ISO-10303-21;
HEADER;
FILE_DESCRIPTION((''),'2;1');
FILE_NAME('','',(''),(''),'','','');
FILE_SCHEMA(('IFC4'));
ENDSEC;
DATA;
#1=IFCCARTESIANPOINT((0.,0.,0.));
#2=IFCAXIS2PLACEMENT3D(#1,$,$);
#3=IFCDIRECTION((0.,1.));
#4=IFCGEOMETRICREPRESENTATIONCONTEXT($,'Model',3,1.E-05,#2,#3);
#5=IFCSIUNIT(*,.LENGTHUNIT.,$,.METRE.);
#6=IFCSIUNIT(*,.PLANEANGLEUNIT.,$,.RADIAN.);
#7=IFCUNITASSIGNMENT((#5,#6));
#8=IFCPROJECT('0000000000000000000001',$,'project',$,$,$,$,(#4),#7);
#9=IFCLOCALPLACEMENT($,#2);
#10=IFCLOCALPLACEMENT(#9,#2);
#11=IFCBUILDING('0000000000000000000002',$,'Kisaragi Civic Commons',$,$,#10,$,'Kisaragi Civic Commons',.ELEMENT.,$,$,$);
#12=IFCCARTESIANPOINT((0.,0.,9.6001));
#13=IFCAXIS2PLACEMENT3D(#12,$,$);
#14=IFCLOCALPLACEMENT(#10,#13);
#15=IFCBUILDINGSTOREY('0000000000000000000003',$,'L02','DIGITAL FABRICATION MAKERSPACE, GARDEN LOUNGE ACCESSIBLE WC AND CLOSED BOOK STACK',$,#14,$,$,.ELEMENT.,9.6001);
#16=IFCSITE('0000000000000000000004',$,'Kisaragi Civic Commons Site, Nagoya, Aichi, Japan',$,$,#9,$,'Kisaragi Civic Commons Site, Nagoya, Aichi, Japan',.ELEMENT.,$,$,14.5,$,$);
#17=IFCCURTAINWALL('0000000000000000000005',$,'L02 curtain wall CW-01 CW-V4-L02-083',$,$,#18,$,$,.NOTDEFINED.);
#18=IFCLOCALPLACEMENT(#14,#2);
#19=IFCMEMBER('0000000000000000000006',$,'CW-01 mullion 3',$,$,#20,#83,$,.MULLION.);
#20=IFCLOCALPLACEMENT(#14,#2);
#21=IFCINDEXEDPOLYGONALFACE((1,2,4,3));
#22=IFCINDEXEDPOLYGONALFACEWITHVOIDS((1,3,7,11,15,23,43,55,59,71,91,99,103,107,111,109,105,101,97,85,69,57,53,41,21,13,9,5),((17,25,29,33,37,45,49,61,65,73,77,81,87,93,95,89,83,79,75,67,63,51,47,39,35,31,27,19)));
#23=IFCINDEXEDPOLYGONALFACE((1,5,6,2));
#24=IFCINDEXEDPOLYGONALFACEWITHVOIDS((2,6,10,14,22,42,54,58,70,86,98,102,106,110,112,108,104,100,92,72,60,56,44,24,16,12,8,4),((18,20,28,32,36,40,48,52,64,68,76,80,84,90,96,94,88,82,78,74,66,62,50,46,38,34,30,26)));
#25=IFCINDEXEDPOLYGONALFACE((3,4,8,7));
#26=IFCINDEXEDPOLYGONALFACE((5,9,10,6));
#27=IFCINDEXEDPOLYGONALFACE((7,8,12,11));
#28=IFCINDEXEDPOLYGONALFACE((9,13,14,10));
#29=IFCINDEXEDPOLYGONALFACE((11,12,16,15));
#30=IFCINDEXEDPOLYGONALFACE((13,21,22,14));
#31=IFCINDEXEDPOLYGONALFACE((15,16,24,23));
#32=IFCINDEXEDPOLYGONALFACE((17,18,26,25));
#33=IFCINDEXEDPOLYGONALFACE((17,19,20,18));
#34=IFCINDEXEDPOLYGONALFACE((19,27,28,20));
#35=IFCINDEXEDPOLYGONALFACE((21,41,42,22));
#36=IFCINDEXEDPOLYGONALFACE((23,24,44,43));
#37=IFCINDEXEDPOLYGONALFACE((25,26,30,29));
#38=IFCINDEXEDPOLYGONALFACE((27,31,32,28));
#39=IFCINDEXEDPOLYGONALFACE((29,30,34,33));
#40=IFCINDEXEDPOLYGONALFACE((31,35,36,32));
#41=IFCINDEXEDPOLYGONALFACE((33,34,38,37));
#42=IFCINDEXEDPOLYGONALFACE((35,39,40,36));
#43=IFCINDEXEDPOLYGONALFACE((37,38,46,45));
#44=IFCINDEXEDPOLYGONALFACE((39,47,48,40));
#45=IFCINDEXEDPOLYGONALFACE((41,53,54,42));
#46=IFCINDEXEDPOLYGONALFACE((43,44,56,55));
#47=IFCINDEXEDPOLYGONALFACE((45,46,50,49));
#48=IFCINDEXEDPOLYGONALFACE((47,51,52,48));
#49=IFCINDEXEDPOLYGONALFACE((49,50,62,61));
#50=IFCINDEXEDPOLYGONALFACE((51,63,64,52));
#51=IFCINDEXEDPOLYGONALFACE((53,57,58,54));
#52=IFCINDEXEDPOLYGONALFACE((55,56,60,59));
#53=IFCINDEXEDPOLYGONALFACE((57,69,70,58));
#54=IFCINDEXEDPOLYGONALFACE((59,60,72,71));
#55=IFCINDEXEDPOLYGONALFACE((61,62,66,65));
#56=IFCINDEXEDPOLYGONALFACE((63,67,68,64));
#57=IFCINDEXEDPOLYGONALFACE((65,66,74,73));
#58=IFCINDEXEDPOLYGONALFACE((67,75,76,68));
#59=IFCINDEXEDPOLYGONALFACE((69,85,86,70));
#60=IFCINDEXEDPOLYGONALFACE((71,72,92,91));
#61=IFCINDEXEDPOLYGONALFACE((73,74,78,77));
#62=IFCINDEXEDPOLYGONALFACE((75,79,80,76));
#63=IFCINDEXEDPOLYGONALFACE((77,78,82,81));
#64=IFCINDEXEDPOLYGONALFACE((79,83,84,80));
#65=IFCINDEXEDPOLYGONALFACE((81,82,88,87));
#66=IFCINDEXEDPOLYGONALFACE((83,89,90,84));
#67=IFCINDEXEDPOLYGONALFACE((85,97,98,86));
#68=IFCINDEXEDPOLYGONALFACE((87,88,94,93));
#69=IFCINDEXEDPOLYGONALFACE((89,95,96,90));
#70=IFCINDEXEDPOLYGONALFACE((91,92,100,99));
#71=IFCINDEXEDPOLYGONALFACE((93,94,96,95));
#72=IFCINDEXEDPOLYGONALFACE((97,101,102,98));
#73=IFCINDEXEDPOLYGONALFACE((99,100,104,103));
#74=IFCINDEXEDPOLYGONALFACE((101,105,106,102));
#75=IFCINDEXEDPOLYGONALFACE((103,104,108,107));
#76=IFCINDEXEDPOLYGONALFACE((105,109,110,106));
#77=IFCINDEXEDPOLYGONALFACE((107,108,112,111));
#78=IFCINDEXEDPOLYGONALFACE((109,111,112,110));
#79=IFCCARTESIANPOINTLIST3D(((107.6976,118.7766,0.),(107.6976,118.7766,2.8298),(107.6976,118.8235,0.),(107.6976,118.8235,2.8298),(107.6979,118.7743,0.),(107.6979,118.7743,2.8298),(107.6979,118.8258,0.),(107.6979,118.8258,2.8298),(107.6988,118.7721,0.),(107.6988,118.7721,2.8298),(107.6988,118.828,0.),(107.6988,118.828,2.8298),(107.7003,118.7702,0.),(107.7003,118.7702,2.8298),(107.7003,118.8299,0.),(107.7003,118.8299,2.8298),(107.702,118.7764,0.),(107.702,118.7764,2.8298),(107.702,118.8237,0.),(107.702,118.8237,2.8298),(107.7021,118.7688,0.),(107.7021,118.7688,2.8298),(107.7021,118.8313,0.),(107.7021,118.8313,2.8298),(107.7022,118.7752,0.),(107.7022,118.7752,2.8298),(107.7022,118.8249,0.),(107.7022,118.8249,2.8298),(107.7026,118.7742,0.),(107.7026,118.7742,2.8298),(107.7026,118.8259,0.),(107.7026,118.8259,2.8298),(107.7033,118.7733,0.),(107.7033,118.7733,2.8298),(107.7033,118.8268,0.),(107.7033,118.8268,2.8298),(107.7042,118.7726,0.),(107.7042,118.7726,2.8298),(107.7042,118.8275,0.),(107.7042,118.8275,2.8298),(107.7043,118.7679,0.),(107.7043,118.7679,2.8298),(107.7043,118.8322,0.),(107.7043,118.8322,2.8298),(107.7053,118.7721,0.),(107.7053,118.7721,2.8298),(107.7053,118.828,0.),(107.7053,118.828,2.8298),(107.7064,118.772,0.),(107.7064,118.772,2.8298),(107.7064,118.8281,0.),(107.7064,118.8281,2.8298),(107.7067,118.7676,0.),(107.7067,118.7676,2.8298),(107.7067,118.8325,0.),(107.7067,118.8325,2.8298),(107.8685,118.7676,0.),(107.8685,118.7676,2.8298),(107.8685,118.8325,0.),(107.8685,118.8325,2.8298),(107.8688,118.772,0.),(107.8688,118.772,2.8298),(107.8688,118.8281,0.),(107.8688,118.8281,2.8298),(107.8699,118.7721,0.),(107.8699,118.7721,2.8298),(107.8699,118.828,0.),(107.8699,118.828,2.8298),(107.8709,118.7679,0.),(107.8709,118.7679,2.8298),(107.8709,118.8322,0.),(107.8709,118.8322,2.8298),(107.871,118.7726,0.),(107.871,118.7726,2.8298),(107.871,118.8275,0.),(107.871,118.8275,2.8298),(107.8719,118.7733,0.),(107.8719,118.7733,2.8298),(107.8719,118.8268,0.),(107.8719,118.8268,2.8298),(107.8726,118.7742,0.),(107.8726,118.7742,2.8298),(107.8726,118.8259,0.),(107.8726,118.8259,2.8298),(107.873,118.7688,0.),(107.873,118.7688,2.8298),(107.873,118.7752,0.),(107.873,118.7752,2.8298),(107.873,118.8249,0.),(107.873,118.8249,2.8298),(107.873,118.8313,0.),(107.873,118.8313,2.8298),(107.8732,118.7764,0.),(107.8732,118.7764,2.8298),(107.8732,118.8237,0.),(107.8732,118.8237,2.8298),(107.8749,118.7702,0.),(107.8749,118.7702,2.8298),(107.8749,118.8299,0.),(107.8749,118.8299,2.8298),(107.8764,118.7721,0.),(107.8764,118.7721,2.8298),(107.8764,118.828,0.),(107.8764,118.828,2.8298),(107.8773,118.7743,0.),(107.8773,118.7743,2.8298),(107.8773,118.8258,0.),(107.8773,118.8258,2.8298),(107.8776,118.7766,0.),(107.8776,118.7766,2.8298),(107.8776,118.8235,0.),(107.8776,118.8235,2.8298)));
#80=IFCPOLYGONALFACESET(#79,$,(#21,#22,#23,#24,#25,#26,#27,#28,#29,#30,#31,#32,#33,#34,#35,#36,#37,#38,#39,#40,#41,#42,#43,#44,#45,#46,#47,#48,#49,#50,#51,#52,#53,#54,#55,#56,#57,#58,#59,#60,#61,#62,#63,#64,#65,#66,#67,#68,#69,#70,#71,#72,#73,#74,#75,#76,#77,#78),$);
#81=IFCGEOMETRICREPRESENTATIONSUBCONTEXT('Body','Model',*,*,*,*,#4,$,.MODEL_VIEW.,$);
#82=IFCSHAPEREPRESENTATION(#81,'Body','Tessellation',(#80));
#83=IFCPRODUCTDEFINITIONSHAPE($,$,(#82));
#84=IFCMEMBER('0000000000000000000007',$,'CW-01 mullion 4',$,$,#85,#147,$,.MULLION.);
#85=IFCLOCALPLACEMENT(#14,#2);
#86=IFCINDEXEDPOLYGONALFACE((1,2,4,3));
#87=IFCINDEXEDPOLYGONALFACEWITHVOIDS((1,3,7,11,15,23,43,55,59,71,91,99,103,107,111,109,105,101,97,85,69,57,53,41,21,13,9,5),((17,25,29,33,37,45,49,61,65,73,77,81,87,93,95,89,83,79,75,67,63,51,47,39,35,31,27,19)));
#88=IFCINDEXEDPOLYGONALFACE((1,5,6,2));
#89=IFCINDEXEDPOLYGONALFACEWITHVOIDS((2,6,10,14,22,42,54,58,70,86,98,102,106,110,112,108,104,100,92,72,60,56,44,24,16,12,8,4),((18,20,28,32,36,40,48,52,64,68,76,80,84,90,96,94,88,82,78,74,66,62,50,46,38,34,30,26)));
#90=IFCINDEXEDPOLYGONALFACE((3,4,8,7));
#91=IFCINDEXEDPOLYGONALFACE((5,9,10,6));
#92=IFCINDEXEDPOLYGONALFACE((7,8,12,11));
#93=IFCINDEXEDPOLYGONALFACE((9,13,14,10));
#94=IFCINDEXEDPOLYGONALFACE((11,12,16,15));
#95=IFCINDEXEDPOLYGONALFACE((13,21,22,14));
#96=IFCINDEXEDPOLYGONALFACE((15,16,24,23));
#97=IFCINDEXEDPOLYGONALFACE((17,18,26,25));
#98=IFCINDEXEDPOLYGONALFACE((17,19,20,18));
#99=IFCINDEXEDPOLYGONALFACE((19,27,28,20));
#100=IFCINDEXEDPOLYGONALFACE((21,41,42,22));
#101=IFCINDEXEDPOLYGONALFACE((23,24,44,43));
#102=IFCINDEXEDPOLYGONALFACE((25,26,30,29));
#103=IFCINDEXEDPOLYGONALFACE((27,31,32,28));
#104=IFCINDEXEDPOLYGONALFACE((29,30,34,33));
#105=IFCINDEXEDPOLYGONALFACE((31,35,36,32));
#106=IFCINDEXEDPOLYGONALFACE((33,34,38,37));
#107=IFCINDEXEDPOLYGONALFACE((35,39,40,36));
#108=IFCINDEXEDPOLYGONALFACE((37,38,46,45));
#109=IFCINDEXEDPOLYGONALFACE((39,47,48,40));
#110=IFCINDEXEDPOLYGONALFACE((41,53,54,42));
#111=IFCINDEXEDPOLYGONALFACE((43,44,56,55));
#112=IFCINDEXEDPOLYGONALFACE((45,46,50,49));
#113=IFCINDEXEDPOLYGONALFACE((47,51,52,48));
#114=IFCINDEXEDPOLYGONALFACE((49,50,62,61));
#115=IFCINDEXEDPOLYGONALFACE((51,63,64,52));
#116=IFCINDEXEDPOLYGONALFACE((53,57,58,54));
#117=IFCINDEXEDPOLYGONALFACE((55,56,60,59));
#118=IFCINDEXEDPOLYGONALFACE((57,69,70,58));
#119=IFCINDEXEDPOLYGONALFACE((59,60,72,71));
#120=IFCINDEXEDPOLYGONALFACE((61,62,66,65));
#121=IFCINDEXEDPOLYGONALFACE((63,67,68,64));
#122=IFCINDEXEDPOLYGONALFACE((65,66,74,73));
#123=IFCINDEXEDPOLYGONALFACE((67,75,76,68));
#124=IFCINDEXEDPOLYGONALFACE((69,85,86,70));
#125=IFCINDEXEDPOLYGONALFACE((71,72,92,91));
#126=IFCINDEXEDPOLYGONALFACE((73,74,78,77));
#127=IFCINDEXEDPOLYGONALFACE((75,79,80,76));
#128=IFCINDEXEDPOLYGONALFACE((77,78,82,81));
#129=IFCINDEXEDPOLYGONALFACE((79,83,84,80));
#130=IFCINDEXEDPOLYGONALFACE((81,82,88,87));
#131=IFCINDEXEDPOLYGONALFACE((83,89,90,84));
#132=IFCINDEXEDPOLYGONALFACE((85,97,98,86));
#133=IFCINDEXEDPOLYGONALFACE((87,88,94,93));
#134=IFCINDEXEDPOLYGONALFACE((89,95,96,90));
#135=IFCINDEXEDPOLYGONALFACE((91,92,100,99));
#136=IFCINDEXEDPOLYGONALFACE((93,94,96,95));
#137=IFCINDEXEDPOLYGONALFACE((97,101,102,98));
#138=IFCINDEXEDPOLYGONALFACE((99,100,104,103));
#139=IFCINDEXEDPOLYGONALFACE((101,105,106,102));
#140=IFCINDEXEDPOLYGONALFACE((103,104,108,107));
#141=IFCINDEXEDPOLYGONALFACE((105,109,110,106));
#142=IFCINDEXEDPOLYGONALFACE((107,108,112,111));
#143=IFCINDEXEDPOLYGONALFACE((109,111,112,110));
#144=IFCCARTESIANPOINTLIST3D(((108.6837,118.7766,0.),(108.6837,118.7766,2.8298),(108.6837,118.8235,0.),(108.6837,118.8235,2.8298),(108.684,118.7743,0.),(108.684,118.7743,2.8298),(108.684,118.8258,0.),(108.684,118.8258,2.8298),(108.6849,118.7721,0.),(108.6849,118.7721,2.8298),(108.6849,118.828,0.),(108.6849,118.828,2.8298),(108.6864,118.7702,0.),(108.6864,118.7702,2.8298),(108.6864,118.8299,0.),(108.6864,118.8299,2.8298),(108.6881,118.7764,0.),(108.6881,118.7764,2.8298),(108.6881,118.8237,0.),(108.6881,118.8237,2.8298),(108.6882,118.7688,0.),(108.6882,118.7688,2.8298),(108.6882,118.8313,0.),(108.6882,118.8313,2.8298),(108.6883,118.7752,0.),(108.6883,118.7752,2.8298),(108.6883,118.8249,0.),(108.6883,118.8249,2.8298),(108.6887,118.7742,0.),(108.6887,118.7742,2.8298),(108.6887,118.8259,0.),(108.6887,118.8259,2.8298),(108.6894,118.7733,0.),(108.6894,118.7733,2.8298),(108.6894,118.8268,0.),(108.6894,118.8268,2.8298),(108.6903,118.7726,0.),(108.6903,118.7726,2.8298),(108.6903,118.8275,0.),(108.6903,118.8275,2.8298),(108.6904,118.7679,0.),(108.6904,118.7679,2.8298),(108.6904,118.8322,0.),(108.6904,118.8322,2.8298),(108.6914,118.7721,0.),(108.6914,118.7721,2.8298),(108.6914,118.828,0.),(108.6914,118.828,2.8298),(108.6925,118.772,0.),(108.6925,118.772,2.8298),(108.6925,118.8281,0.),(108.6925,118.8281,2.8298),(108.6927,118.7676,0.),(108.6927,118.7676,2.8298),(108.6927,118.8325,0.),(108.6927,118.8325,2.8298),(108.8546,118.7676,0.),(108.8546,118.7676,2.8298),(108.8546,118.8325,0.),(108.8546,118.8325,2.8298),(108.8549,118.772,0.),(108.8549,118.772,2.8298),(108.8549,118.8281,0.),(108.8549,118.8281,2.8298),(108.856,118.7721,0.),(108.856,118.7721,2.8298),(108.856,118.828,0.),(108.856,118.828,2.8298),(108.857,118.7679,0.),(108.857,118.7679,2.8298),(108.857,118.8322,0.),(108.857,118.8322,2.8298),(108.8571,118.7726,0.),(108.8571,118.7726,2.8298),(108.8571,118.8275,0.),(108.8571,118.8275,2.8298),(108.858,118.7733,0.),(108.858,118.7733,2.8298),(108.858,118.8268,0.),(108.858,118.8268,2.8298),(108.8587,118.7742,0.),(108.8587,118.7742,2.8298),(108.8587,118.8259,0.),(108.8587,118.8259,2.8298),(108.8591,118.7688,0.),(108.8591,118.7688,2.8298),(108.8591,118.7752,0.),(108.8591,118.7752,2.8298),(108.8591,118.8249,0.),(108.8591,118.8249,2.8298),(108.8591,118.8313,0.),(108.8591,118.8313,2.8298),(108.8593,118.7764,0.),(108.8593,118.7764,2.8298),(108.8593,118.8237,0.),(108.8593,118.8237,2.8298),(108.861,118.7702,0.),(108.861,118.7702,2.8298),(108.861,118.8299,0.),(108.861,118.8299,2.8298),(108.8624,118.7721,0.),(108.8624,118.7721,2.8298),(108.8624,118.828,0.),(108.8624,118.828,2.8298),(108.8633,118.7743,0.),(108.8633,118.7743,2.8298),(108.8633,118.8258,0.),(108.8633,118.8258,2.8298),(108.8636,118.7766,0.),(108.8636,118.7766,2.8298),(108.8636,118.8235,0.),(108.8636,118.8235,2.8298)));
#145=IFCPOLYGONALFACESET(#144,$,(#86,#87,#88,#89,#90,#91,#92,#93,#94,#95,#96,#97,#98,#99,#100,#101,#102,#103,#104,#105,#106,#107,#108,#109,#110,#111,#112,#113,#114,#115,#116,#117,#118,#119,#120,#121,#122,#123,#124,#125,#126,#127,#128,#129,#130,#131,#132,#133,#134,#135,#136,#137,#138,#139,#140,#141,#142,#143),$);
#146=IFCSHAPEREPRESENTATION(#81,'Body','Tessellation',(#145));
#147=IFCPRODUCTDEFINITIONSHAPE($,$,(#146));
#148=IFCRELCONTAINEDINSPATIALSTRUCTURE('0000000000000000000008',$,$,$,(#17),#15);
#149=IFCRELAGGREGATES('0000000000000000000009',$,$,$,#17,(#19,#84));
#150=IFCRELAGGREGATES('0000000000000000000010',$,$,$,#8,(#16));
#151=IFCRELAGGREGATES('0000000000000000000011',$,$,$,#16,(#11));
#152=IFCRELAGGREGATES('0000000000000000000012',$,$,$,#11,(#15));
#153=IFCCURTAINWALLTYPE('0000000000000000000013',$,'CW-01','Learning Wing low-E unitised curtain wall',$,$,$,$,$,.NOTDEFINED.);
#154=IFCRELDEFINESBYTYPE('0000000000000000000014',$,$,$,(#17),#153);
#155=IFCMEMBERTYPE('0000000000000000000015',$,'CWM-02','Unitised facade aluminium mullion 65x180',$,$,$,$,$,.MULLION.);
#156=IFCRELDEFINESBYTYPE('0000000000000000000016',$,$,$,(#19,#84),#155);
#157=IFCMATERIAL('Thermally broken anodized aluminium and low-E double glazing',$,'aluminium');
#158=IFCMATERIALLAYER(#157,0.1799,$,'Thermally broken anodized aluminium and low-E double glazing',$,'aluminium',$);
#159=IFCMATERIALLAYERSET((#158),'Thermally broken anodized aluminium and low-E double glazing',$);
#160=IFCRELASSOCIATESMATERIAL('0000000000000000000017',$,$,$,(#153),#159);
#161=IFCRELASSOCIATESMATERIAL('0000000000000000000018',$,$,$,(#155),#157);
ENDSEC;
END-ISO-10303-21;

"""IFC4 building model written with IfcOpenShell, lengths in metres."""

from ifc_helpers import new_model, si_unit, direction, frame, origin, origin_2d, place, context, subcontext, project, spatial, hollow_rectangle, extrude, material, layer, layer_set, material_profile, profile_set, type_object, element, aggregate, save


model = new_model("IFC4")

# Units and contexts
model_context = context("Model", 3, precision=1e-05, world=origin(), true_north=direction((0.0, 1.0)))
body_context = subcontext(model_context, "Body", "Model", "MODEL_VIEW")
ifc_project = project(units=[si_unit("LENGTHUNIT", "METRE"), si_unit("PLANEANGLEUNIT", "RADIAN")], contexts=[model_context])

# Site, building, storey
site_placement = place(None, origin())
site = spatial("IfcSite", under=ifc_project, at=site_placement, Name="Kisaragi Civic Commons Site, Nagoya, Aichi, Japan", LongName="Kisaragi Civic Commons Site, Nagoya, Aichi, Japan", CompositionType="ELEMENT", RefElevation=14.5)
building_placement = place(site_placement, origin())
building = spatial("IfcBuilding", under=site, at=building_placement, Name="Kisaragi Civic Commons", LongName="Kisaragi Civic Commons", CompositionType="ELEMENT")
storey_placement = place(building_placement, frame((0.0, 0.0, 9.6001)))
storey = spatial("IfcBuildingStorey", under=building, at=storey_placement, Name="L02", Description="DIGITAL FABRICATION MAKERSPACE, GARDEN LOUNGE ACCESSIBLE WC AND CLOSED BOOK STACK", CompositionType="ELEMENT", Elevation=9.6001)

# Curtain wall, members
ifc_material = material(Name="Thermally broken anodized aluminium and low-E double glazing", Category="aluminium")
ifc_layer_1 = layer(ifc_material, 0.1799, Name="Thermally broken anodized aluminium and low-E double glazing", Category="aluminium")
ifc_layer_set_1 = layer_set([ifc_layer_1], Name="Thermally broken anodized aluminium and low-E double glazing")
curtain_wall_type = type_object("IfcCurtainWallType", Name="CW-01", Description="Learning Wing low-E unitised curtain wall", PredefinedType="NOTDEFINED", material=ifc_layer_set_1)
curtain_wall_1_placement = place(storey_placement, origin())
curtain_wall_1 = element("IfcCurtainWall", 1, at=curtain_wall_1_placement, inside=storey, type_object=curtain_wall_type, Name="L02 curtain wall CW-01 CW-V4-L02-083", PredefinedType="NOTDEFINED")
ifc_material_profile_1 = material_profile(ifc_material, hollow_rectangle(XDim=0.0649, YDim=0.1799, WallThickness=0.0044, InnerFilletRadius=0.0044, OuterFilletRadius=0.009, at=origin_2d()), Name="CWM-65x180x4.5", Category="aluminium")
ifc_profile_set_1 = profile_set([ifc_material_profile_1], Name="Thermally broken anodized aluminium and low-E double glazing")
member_type_1 = type_object("IfcMemberType", Name="CWM-02", Description="Unitised facade aluminium mullion 65x180", PredefinedType="MULLION", material=ifc_profile_set_1)
member_1_placement = place(storey_placement, frame((107.7876, 118.8, 0.0), z_axis=(0.0, 0.0, 1.0), x_axis=(0.0, 1.0, 0.0)))
member_1 = element("IfcMember", 2, at=member_1_placement, type_object=member_type_1, Name="CW-01 mullion 3", PredefinedType="MULLION", context=body_context, shape_type="SweptSolid", body=[
    extrude(hollow_rectangle(XDim=0.0649, YDim=0.1799, WallThickness=0.0044, InnerFilletRadius=0.0044, OuterFilletRadius=0.009, at=origin_2d()), origin(), (0.0, 0.0, 1.0), 2.8298),
])
member_2_placement = place(storey_placement, frame((108.7737, 118.8, 0.0), z_axis=(0.0, 0.0, 1.0), x_axis=(0.0, 1.0, 0.0)))
member_2 = element("IfcMember", 3, at=member_2_placement, type_object=member_type_1, Name="CW-01 mullion 4", PredefinedType="MULLION", context=body_context, shape_type="SweptSolid", body=[
    extrude(hollow_rectangle(XDim=0.0649, YDim=0.1799, WallThickness=0.0044, InnerFilletRadius=0.0044, OuterFilletRadius=0.009, at=origin_2d()), origin(), (0.0, 0.0, 1.0), 2.8298),
])

aggregate(curtain_wall_1, [member_1, member_2])

save(model, "model.ifc")
